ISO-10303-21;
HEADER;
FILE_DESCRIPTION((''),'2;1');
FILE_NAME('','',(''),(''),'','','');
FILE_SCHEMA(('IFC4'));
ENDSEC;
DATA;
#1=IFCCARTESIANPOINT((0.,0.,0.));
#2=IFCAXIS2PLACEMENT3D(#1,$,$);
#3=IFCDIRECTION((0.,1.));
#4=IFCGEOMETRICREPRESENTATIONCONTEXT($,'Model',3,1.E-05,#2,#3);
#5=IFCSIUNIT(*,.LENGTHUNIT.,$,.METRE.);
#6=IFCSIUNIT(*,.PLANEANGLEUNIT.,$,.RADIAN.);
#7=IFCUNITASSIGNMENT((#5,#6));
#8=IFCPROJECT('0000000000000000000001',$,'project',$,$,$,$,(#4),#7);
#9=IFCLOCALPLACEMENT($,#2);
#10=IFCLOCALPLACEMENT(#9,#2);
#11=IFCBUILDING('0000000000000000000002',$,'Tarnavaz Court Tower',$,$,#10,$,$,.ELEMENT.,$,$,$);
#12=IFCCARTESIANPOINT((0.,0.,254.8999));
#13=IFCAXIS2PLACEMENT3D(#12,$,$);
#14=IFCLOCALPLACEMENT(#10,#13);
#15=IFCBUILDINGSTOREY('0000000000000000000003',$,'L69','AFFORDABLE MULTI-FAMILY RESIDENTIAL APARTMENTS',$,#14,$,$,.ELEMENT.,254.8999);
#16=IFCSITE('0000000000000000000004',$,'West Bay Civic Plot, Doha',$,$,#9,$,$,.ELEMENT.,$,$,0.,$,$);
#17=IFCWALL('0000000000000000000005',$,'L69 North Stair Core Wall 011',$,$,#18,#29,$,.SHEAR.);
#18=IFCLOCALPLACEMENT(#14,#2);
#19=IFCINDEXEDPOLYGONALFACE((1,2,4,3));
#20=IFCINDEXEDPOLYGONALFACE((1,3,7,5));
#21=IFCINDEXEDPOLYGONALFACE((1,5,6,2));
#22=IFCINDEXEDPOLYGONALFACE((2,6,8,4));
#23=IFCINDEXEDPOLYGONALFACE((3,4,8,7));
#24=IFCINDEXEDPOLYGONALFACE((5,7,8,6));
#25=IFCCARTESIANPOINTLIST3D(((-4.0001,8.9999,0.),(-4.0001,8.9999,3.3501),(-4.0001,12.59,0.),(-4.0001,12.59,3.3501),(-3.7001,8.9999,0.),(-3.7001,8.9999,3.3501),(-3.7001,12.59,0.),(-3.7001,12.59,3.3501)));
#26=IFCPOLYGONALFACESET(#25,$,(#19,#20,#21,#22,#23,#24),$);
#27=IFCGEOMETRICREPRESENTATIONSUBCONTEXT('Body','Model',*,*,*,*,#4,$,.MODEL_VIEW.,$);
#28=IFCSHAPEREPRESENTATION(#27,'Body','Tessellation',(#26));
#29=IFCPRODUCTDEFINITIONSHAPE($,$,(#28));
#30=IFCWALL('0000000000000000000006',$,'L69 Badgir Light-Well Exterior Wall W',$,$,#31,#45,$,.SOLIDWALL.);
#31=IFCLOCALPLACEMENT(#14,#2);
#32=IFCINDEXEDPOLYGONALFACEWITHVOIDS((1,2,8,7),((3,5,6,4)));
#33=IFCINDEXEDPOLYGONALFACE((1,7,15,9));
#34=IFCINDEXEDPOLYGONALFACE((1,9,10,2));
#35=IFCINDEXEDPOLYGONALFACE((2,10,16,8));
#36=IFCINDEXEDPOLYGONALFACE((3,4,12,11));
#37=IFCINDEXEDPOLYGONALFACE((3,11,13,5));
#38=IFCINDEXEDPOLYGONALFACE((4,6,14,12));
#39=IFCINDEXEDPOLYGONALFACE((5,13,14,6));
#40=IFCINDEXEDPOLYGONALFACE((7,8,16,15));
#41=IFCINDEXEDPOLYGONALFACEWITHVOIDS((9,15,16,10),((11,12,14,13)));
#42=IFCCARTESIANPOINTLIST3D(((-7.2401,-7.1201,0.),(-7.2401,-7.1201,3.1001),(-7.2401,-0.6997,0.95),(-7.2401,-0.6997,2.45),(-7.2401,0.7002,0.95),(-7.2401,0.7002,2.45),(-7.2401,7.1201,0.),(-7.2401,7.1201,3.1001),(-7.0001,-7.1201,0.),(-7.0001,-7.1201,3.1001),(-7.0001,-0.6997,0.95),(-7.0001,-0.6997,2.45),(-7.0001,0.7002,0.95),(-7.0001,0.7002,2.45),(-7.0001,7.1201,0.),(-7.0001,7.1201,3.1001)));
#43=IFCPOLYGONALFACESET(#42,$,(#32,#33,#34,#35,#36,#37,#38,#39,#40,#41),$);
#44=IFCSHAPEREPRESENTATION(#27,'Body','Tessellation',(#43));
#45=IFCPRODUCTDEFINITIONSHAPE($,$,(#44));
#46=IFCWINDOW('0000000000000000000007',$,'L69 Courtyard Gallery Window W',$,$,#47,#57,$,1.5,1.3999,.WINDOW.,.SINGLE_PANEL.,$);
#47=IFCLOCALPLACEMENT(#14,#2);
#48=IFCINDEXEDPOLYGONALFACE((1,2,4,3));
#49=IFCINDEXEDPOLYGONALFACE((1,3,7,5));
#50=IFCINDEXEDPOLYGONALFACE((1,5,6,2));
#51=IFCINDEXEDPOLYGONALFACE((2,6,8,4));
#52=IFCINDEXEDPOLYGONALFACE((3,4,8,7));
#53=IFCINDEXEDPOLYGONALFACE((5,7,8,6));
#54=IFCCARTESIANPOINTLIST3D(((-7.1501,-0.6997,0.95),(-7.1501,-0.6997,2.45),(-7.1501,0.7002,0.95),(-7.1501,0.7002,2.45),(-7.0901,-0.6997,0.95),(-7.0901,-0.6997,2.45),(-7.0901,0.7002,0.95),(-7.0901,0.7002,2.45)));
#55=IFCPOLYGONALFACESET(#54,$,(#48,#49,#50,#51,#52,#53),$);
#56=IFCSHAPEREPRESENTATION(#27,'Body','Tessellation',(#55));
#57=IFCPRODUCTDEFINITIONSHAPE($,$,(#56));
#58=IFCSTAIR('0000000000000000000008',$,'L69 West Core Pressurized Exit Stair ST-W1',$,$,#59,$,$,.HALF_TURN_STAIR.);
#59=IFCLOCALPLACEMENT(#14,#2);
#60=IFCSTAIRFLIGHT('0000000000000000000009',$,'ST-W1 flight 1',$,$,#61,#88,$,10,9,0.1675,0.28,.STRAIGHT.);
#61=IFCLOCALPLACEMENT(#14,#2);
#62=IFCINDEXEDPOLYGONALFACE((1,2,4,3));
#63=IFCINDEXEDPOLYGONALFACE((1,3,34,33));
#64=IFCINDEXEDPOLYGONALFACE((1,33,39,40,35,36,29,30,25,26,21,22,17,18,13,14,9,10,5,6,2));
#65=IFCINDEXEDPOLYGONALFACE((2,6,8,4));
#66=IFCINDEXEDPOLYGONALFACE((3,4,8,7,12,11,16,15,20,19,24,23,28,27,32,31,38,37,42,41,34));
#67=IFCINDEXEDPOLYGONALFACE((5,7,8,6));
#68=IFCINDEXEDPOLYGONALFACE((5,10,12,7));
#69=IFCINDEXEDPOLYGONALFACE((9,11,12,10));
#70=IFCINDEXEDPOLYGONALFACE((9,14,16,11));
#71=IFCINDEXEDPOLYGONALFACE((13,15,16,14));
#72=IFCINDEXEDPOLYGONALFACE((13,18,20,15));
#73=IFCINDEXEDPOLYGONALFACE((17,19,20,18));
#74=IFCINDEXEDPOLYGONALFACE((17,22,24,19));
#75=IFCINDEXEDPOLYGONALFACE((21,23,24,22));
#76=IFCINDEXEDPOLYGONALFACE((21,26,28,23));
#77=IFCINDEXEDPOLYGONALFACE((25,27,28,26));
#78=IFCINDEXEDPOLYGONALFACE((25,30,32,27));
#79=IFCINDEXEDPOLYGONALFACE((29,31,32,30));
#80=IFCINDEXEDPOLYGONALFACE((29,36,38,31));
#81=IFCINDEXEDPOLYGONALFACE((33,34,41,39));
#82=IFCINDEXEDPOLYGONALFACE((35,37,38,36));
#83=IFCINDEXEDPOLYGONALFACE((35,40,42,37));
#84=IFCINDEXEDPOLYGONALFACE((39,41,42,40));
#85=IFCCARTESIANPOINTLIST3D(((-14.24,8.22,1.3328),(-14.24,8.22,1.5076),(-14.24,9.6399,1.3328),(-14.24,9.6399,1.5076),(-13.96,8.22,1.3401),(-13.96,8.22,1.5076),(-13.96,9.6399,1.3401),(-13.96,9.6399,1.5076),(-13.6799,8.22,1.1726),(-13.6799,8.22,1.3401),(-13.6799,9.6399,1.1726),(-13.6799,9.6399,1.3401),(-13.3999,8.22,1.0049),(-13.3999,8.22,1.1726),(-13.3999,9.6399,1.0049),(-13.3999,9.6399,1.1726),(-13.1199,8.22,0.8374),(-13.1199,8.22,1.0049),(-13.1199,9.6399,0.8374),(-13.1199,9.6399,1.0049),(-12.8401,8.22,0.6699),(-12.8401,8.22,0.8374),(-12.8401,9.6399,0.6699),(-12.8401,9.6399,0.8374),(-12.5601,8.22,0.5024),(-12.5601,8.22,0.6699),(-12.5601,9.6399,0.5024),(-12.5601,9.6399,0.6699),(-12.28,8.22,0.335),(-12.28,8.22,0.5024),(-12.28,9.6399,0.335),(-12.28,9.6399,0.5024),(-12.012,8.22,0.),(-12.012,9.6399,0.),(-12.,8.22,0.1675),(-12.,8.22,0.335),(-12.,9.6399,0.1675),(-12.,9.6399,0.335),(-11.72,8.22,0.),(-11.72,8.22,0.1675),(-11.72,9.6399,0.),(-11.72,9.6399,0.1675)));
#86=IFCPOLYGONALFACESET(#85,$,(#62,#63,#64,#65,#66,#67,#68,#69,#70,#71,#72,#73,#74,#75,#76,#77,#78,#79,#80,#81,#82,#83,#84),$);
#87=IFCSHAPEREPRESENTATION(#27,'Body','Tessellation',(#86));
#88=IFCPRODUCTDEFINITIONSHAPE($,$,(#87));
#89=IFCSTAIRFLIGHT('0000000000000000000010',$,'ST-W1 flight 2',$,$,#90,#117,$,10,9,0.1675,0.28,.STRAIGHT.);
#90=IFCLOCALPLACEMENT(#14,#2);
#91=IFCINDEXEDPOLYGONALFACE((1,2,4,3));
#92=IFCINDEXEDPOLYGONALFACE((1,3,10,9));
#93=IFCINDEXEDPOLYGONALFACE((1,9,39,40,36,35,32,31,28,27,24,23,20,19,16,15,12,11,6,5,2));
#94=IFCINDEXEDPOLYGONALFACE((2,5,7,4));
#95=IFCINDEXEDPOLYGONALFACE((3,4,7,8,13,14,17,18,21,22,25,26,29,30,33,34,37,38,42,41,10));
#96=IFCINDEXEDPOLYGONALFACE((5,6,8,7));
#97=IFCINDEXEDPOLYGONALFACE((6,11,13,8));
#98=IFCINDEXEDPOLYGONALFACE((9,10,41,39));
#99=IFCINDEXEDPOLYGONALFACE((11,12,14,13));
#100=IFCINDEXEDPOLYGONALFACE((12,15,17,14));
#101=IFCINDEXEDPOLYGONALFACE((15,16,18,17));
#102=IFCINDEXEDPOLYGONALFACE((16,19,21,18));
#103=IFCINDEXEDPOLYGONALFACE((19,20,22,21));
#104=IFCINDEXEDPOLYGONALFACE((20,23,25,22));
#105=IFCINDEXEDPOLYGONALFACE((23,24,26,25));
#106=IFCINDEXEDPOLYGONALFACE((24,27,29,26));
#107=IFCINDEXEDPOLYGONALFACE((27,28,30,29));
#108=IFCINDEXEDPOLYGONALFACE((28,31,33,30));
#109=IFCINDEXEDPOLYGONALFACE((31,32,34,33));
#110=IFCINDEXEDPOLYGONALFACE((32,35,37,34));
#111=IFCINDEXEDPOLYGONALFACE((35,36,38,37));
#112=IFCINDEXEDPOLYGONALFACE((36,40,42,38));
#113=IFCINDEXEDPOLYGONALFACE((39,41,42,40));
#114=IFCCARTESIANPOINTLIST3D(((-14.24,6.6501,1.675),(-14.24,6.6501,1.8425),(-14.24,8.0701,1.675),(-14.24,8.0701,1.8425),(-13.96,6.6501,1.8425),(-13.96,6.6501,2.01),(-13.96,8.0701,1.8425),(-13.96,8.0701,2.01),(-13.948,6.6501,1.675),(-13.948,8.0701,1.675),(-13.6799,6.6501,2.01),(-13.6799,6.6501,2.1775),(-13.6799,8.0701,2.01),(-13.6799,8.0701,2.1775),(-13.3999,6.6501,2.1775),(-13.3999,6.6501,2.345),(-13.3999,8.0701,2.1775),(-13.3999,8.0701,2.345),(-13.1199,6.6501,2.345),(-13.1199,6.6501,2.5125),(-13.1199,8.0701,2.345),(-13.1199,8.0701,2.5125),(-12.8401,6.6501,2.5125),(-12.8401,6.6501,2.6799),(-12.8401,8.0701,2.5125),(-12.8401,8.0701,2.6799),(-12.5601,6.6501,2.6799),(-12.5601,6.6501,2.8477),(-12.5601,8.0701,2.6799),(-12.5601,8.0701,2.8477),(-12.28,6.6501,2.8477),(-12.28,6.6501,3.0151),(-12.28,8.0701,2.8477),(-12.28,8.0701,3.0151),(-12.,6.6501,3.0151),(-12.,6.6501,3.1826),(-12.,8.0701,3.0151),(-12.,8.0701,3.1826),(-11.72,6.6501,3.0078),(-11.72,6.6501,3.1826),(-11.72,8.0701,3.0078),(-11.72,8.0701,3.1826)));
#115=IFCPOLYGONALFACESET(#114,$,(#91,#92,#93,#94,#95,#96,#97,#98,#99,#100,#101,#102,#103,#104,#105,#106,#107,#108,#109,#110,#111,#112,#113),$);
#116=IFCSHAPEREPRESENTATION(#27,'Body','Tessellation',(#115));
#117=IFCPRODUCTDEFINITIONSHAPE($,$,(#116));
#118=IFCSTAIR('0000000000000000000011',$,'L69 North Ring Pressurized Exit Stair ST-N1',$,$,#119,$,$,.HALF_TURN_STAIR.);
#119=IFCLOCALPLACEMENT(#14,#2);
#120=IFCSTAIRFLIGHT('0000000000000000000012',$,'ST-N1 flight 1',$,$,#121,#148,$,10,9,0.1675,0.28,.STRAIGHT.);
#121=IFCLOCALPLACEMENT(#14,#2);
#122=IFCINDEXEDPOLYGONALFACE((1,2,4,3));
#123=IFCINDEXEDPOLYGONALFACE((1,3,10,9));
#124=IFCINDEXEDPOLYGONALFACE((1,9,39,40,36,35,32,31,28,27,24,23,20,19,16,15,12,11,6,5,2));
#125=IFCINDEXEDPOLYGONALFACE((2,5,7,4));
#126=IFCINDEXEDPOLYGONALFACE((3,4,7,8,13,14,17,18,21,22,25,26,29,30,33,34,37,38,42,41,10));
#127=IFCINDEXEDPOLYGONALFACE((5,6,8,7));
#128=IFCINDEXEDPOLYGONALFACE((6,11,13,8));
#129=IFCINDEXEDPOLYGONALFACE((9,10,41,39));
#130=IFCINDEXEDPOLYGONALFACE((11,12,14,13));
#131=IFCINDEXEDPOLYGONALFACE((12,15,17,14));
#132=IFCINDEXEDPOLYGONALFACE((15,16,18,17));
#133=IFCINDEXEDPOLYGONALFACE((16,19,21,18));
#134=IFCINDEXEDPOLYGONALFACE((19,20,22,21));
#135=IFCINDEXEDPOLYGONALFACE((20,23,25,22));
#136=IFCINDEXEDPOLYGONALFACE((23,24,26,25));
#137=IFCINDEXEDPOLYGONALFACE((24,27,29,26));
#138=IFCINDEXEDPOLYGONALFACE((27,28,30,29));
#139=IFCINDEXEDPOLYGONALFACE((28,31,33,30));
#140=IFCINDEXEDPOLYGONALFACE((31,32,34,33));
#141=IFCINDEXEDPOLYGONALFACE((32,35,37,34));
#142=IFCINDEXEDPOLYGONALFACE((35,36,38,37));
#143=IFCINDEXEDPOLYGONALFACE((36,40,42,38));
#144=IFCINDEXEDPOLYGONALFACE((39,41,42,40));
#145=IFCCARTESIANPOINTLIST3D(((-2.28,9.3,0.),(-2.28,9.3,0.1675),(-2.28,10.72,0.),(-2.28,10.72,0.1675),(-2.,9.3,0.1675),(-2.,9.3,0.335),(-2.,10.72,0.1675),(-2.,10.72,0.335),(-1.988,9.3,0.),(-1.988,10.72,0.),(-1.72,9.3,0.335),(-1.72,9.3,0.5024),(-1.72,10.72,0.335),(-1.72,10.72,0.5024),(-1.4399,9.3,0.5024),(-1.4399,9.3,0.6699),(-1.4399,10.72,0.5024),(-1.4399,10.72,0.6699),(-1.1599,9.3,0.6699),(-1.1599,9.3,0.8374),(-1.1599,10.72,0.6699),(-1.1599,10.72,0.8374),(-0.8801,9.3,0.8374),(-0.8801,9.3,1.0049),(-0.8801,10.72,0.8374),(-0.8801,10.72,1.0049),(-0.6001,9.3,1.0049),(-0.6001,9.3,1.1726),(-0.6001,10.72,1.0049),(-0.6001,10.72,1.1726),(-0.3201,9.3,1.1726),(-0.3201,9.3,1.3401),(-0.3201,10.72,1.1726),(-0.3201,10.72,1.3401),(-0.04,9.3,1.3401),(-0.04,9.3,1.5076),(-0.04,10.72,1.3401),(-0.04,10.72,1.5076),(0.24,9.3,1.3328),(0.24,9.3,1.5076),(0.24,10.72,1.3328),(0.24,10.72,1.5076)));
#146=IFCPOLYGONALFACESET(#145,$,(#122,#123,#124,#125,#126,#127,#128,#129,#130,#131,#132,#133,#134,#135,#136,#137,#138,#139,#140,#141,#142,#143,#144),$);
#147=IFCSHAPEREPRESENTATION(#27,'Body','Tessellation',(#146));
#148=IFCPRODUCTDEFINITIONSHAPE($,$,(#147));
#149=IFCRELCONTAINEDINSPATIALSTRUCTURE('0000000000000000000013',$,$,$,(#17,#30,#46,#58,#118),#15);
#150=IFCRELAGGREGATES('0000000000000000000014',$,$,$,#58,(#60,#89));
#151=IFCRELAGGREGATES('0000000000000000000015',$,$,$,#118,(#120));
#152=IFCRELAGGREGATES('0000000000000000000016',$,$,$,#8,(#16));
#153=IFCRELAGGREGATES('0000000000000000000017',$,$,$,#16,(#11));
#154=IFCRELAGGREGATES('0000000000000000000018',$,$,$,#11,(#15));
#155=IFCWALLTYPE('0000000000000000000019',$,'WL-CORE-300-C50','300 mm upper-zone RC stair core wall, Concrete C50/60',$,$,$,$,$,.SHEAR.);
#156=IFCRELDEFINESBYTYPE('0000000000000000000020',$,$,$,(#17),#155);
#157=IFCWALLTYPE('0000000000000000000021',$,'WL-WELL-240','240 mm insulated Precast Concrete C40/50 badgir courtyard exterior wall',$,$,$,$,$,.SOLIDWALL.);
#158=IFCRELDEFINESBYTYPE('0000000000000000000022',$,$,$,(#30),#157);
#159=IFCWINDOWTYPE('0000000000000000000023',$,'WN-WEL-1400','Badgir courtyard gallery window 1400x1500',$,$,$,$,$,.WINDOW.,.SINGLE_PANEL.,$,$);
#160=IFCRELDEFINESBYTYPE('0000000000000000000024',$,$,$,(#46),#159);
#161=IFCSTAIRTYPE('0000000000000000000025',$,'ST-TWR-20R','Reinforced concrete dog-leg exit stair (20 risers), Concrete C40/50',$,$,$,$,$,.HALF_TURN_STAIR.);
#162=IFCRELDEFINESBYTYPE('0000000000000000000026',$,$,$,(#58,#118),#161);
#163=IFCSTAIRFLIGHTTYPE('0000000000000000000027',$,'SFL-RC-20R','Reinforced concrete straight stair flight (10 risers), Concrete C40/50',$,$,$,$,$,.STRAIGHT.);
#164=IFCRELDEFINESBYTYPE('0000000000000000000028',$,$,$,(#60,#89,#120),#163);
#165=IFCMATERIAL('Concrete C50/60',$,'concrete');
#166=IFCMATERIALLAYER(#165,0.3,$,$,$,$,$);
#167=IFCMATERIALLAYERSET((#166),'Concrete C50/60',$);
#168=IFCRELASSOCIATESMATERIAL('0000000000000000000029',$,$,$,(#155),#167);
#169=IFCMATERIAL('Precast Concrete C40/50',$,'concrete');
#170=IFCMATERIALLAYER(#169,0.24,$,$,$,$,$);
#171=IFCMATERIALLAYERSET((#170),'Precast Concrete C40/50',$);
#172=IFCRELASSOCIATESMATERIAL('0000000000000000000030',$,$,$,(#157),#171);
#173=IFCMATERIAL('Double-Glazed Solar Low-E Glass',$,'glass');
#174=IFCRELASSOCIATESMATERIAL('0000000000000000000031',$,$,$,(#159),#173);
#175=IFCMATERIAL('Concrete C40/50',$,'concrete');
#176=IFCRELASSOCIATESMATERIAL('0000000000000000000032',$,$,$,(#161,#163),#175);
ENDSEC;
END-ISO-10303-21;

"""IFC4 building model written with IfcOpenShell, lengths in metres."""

from ifc_helpers import new_model, si_unit, direction, frame, frame_2d, origin, place, context, subcontext, project, spatial, polyline, rectangle, outline, extrude, material, layer, layer_set, type_object, element, fill, aggregate, save


model = new_model("IFC4")

# Units and contexts
model_context = context("Model", 3, precision=1e-05, world=origin(), true_north=direction((0.0, 1.0)))
body_context = subcontext(model_context, "Body", "Model", "MODEL_VIEW")
ifc_project = project(units=[si_unit("LENGTHUNIT", "METRE"), si_unit("PLANEANGLEUNIT", "RADIAN")], contexts=[model_context])

# Site, building, storey
site_placement = place(None, origin())
site = spatial("IfcSite", under=ifc_project, at=site_placement, Name="West Bay Civic Plot, Doha", CompositionType="ELEMENT", RefElevation=0.0)
building_placement = place(site_placement, origin())
building = spatial("IfcBuilding", under=site, at=building_placement, Name="Tarnavaz Court Tower", CompositionType="ELEMENT")
storey_placement = place(building_placement, frame((0.0, 0.0, 254.8999)))
storey = spatial("IfcBuildingStorey", under=building, at=storey_placement, Name="L69", Description="AFFORDABLE MULTI-FAMILY RESIDENTIAL APARTMENTS", CompositionType="ELEMENT", Elevation=254.8999)

# Shared definitions
ifc_material_1 = material(Name="Concrete C50/60", Category="concrete")

# Shared definitions
ifc_layer_1 = layer(ifc_material_1, 0.3)
ifc_layer_set_1 = layer_set([ifc_layer_1], Name="Concrete C50/60")
wall_type_1 = type_object("IfcWallType", Name="WL-CORE-300-C50", Description="300 mm upper-zone RC stair core wall, Concrete C50/60", PredefinedType="SHEAR", material=ifc_layer_set_1)

# Wall
wall_1_placement = place(storey_placement, frame((-3.8501, 9.0, 0.0), z_axis=(0.0, 0.0, 1.0), x_axis=(0.0, 1.0, 0.0)))
element("IfcWall", 1, at=wall_1_placement, inside=storey, type_object=wall_type_1, Name="L69 North Stair Core Wall 011", PredefinedType="SHEAR", context=body_context, shape_type="SweptSolid", body=[
    extrude(rectangle(XDim=3.5901, YDim=0.3, at=frame_2d((1.7949, 0.0))), origin(), (0.0, 0.0, 1.0), 3.3501),
])

# Wall, opening, window
ifc_material_2 = material(Name="Precast Concrete C40/50", Category="concrete")
ifc_layer_2 = layer(ifc_material_2, 0.24)
ifc_layer_set_2 = layer_set([ifc_layer_2], Name="Precast Concrete C40/50")
wall_type_2 = type_object("IfcWallType", Name="WL-WELL-240", Description="240 mm insulated Precast Concrete C40/50 badgir courtyard exterior wall", PredefinedType="SOLIDWALL", material=ifc_layer_set_2)
wall_2_placement = place(storey_placement, frame((-7.1201, 7.1201, 0.0), z_axis=(0.0, 0.0, 1.0), x_axis=(0.0, -1.0, 0.0)))
wall_2 = element("IfcWall", 2, at=wall_2_placement, inside=storey, type_object=wall_type_2, Name="L69 Badgir Light-Well Exterior Wall W", PredefinedType="SOLIDWALL", context=body_context, shape_type="SweptSolid", body=[
    extrude(rectangle(XDim=14.2402, YDim=0.24, at=frame_2d((7.1201, 0.0))), origin(), (0.0, 0.0, 1.0), 3.1001),
])
opening_1_placement = place(wall_2_placement, frame((6.4199, 0.0, 0.95)))
opening_1 = element("IfcOpeningElement", 3, at=opening_1_placement, cuts=wall_2, PredefinedType="OPENING", context=body_context, shape_type="SweptSolid", body=[
    extrude(rectangle(XDim=1.3999, YDim=1.5, at=frame_2d((0.7, 0.75))), frame((0.0, 0.1299, 0.0), z_axis=(0.0, -1.0, 0.0), x_axis=(1.0, 0.0, 0.0)), (0.0, 0.0, 1.0), 0.26),
])
ifc_material_3 = material(Name="Double-Glazed Solar Low-E Glass", Category="glass")
window_type = type_object("IfcWindowType", Name="WN-WEL-1400", Description="Badgir courtyard gallery window 1400x1500", PartitioningType="SINGLE_PANEL", PredefinedType="WINDOW", material=ifc_material_3)
window_placement = place(opening_1_placement, origin())
window = element("IfcWindow", 4, at=window_placement, inside=storey, type_object=window_type, Name="L69 Courtyard Gallery Window W", OverallHeight=1.5, OverallWidth=1.3999, PartitioningType="SINGLE_PANEL", PredefinedType="WINDOW", context=body_context, shape_type="SweptSolid", body=[
    extrude(rectangle(XDim=1.3999, YDim=1.5, at=frame_2d((0.7, 0.75))), frame((0.0, 0.03, 0.0), z_axis=(0.0, -1.0, 0.0), x_axis=(1.0, 0.0, 0.0)), (0.0, 0.0, 1.0), 0.0601),
])
fill(opening_1, window)

# Stair, stair flights
ifc_material_4 = material(Name="Concrete C40/50", Category="concrete")
stair_type = type_object("IfcStairType", Name="ST-TWR-20R", Description="Reinforced concrete dog-leg exit stair (20 risers), Concrete C40/50", PredefinedType="HALF_TURN_STAIR", material=ifc_material_4)
stair_1_placement = place(storey_placement, origin())
stair_1 = element("IfcStair", 5, at=stair_1_placement, inside=storey, type_object=stair_type, Name="L69 West Core Pressurized Exit Stair ST-W1", PredefinedType="HALF_TURN_STAIR")
stair_flight_type = type_object("IfcStairFlightType", Name="SFL-RC-20R", Description="Reinforced concrete straight stair flight (10 risers), Concrete C40/50", PredefinedType="STRAIGHT", material=ifc_material_4)
stair_flight_1_placement = place(storey_placement, frame((-11.72, 8.9299, 0.0), z_axis=(0.0, 0.0, 1.0), x_axis=(-1.0, 0.0, 0.0)))
stair_flight_1 = element("IfcStairFlight", 6, at=stair_flight_1_placement, type_object=stair_flight_type, Name="ST-W1 flight 1", NumberOfRisers=10, NumberOfTreads=9, PredefinedType="STRAIGHT", RiserHeight=0.1675, TreadLength=0.28, context=body_context, shape_type="SweptSolid", body=[
    extrude(outline(polyline([(0.0, 0.0), (0.0, 0.1675), (0.28, 0.1675), (0.28, 0.335), (0.5601, 0.335), (0.5601, 0.5024), (0.8401, 0.5024), (0.8401, 0.6699), (1.1201, 0.6699), (1.1201, 0.8374), (1.3999, 0.8374), (1.3999, 1.0049), (1.6799, 1.0049), (1.6799, 1.1726), (1.96, 1.1726), (1.96, 1.3401), (2.24, 1.3401), (2.24, 1.5076), (2.52, 1.5076), (2.52, 1.675), (2.52, 1.3328), (0.292, 0.0), (0.0, 0.0)])), frame((0.0, 0.71, 0.0), z_axis=(0.0, -1.0, 0.0), x_axis=(1.0, 0.0, 0.0)), (0.0, 0.0, 1.0), 1.4199),
])
stair_flight_2_placement = place(storey_placement, frame((-14.24, 7.3601, 1.675), z_axis=(0.0, 0.0, 1.0), x_axis=(1.0, 0.0, 0.0)))
stair_flight_2 = element("IfcStairFlight", 7, at=stair_flight_2_placement, type_object=stair_flight_type, Name="ST-W1 flight 2", NumberOfRisers=10, NumberOfTreads=9, PredefinedType="STRAIGHT", RiserHeight=0.1675, TreadLength=0.28, context=body_context, shape_type="SweptSolid", body=[
    extrude(outline(polyline([(0.0, 0.0), (0.0, 0.1675), (0.28, 0.1675), (0.28, 0.335), (0.5601, 0.335), (0.5601, 0.5024), (0.8401, 0.5024), (0.8401, 0.6699), (1.1201, 0.6699), (1.1201, 0.8374), (1.3999, 0.8374), (1.3999, 1.0049), (1.6799, 1.0049), (1.6799, 1.1726), (1.96, 1.1726), (1.96, 1.3401), (2.24, 1.3401), (2.24, 1.5076), (2.52, 1.5076), (2.52, 1.675), (2.52, 1.3328), (0.292, 0.0), (0.0, 0.0)])), frame((0.0, 0.71, 0.0), z_axis=(0.0, -1.0, 0.0), x_axis=(1.0, 0.0, 0.0)), (0.0, 0.0, 1.0), 1.4199),
])
aggregate(stair_1, [stair_flight_1, stair_flight_2])

# Stair, stair flight
stair_2_placement = place(storey_placement, origin())
stair_2 = element("IfcStair", 8, at=stair_2_placement, inside=storey, type_object=stair_type, Name="L69 North Ring Pressurized Exit Stair ST-N1", PredefinedType="HALF_TURN_STAIR")
stair_flight_3_placement = place(storey_placement, frame((-2.28, 10.01, 0.0), z_axis=(0.0, 0.0, 1.0), x_axis=(1.0, 0.0, 0.0)))
stair_flight_3 = element("IfcStairFlight", 9, at=stair_flight_3_placement, type_object=stair_flight_type, Name="ST-N1 flight 1", NumberOfRisers=10, NumberOfTreads=9, PredefinedType="STRAIGHT", RiserHeight=0.1675, TreadLength=0.28, context=body_context, shape_type="SweptSolid", body=[
    extrude(outline(polyline([(0.0, 0.0), (0.0, 0.1675), (0.28, 0.1675), (0.28, 0.335), (0.5601, 0.335), (0.5601, 0.5024), (0.8401, 0.5024), (0.8401, 0.6699), (1.1201, 0.6699), (1.1201, 0.8374), (1.3999, 0.8374), (1.3999, 1.0049), (1.6799, 1.0049), (1.6799, 1.1726), (1.96, 1.1726), (1.96, 1.3401), (2.24, 1.3401), (2.24, 1.5076), (2.52, 1.5076), (2.52, 1.675), (2.52, 1.3328), (0.292, 0.0), (0.0, 0.0)])), frame((0.0, 0.71, 0.0), z_axis=(0.0, -1.0, 0.0), x_axis=(1.0, 0.0, 0.0)), (0.0, 0.0, 1.0), 1.4199),
])
aggregate(stair_2, [stair_flight_3])

save(model, "model.ifc")
